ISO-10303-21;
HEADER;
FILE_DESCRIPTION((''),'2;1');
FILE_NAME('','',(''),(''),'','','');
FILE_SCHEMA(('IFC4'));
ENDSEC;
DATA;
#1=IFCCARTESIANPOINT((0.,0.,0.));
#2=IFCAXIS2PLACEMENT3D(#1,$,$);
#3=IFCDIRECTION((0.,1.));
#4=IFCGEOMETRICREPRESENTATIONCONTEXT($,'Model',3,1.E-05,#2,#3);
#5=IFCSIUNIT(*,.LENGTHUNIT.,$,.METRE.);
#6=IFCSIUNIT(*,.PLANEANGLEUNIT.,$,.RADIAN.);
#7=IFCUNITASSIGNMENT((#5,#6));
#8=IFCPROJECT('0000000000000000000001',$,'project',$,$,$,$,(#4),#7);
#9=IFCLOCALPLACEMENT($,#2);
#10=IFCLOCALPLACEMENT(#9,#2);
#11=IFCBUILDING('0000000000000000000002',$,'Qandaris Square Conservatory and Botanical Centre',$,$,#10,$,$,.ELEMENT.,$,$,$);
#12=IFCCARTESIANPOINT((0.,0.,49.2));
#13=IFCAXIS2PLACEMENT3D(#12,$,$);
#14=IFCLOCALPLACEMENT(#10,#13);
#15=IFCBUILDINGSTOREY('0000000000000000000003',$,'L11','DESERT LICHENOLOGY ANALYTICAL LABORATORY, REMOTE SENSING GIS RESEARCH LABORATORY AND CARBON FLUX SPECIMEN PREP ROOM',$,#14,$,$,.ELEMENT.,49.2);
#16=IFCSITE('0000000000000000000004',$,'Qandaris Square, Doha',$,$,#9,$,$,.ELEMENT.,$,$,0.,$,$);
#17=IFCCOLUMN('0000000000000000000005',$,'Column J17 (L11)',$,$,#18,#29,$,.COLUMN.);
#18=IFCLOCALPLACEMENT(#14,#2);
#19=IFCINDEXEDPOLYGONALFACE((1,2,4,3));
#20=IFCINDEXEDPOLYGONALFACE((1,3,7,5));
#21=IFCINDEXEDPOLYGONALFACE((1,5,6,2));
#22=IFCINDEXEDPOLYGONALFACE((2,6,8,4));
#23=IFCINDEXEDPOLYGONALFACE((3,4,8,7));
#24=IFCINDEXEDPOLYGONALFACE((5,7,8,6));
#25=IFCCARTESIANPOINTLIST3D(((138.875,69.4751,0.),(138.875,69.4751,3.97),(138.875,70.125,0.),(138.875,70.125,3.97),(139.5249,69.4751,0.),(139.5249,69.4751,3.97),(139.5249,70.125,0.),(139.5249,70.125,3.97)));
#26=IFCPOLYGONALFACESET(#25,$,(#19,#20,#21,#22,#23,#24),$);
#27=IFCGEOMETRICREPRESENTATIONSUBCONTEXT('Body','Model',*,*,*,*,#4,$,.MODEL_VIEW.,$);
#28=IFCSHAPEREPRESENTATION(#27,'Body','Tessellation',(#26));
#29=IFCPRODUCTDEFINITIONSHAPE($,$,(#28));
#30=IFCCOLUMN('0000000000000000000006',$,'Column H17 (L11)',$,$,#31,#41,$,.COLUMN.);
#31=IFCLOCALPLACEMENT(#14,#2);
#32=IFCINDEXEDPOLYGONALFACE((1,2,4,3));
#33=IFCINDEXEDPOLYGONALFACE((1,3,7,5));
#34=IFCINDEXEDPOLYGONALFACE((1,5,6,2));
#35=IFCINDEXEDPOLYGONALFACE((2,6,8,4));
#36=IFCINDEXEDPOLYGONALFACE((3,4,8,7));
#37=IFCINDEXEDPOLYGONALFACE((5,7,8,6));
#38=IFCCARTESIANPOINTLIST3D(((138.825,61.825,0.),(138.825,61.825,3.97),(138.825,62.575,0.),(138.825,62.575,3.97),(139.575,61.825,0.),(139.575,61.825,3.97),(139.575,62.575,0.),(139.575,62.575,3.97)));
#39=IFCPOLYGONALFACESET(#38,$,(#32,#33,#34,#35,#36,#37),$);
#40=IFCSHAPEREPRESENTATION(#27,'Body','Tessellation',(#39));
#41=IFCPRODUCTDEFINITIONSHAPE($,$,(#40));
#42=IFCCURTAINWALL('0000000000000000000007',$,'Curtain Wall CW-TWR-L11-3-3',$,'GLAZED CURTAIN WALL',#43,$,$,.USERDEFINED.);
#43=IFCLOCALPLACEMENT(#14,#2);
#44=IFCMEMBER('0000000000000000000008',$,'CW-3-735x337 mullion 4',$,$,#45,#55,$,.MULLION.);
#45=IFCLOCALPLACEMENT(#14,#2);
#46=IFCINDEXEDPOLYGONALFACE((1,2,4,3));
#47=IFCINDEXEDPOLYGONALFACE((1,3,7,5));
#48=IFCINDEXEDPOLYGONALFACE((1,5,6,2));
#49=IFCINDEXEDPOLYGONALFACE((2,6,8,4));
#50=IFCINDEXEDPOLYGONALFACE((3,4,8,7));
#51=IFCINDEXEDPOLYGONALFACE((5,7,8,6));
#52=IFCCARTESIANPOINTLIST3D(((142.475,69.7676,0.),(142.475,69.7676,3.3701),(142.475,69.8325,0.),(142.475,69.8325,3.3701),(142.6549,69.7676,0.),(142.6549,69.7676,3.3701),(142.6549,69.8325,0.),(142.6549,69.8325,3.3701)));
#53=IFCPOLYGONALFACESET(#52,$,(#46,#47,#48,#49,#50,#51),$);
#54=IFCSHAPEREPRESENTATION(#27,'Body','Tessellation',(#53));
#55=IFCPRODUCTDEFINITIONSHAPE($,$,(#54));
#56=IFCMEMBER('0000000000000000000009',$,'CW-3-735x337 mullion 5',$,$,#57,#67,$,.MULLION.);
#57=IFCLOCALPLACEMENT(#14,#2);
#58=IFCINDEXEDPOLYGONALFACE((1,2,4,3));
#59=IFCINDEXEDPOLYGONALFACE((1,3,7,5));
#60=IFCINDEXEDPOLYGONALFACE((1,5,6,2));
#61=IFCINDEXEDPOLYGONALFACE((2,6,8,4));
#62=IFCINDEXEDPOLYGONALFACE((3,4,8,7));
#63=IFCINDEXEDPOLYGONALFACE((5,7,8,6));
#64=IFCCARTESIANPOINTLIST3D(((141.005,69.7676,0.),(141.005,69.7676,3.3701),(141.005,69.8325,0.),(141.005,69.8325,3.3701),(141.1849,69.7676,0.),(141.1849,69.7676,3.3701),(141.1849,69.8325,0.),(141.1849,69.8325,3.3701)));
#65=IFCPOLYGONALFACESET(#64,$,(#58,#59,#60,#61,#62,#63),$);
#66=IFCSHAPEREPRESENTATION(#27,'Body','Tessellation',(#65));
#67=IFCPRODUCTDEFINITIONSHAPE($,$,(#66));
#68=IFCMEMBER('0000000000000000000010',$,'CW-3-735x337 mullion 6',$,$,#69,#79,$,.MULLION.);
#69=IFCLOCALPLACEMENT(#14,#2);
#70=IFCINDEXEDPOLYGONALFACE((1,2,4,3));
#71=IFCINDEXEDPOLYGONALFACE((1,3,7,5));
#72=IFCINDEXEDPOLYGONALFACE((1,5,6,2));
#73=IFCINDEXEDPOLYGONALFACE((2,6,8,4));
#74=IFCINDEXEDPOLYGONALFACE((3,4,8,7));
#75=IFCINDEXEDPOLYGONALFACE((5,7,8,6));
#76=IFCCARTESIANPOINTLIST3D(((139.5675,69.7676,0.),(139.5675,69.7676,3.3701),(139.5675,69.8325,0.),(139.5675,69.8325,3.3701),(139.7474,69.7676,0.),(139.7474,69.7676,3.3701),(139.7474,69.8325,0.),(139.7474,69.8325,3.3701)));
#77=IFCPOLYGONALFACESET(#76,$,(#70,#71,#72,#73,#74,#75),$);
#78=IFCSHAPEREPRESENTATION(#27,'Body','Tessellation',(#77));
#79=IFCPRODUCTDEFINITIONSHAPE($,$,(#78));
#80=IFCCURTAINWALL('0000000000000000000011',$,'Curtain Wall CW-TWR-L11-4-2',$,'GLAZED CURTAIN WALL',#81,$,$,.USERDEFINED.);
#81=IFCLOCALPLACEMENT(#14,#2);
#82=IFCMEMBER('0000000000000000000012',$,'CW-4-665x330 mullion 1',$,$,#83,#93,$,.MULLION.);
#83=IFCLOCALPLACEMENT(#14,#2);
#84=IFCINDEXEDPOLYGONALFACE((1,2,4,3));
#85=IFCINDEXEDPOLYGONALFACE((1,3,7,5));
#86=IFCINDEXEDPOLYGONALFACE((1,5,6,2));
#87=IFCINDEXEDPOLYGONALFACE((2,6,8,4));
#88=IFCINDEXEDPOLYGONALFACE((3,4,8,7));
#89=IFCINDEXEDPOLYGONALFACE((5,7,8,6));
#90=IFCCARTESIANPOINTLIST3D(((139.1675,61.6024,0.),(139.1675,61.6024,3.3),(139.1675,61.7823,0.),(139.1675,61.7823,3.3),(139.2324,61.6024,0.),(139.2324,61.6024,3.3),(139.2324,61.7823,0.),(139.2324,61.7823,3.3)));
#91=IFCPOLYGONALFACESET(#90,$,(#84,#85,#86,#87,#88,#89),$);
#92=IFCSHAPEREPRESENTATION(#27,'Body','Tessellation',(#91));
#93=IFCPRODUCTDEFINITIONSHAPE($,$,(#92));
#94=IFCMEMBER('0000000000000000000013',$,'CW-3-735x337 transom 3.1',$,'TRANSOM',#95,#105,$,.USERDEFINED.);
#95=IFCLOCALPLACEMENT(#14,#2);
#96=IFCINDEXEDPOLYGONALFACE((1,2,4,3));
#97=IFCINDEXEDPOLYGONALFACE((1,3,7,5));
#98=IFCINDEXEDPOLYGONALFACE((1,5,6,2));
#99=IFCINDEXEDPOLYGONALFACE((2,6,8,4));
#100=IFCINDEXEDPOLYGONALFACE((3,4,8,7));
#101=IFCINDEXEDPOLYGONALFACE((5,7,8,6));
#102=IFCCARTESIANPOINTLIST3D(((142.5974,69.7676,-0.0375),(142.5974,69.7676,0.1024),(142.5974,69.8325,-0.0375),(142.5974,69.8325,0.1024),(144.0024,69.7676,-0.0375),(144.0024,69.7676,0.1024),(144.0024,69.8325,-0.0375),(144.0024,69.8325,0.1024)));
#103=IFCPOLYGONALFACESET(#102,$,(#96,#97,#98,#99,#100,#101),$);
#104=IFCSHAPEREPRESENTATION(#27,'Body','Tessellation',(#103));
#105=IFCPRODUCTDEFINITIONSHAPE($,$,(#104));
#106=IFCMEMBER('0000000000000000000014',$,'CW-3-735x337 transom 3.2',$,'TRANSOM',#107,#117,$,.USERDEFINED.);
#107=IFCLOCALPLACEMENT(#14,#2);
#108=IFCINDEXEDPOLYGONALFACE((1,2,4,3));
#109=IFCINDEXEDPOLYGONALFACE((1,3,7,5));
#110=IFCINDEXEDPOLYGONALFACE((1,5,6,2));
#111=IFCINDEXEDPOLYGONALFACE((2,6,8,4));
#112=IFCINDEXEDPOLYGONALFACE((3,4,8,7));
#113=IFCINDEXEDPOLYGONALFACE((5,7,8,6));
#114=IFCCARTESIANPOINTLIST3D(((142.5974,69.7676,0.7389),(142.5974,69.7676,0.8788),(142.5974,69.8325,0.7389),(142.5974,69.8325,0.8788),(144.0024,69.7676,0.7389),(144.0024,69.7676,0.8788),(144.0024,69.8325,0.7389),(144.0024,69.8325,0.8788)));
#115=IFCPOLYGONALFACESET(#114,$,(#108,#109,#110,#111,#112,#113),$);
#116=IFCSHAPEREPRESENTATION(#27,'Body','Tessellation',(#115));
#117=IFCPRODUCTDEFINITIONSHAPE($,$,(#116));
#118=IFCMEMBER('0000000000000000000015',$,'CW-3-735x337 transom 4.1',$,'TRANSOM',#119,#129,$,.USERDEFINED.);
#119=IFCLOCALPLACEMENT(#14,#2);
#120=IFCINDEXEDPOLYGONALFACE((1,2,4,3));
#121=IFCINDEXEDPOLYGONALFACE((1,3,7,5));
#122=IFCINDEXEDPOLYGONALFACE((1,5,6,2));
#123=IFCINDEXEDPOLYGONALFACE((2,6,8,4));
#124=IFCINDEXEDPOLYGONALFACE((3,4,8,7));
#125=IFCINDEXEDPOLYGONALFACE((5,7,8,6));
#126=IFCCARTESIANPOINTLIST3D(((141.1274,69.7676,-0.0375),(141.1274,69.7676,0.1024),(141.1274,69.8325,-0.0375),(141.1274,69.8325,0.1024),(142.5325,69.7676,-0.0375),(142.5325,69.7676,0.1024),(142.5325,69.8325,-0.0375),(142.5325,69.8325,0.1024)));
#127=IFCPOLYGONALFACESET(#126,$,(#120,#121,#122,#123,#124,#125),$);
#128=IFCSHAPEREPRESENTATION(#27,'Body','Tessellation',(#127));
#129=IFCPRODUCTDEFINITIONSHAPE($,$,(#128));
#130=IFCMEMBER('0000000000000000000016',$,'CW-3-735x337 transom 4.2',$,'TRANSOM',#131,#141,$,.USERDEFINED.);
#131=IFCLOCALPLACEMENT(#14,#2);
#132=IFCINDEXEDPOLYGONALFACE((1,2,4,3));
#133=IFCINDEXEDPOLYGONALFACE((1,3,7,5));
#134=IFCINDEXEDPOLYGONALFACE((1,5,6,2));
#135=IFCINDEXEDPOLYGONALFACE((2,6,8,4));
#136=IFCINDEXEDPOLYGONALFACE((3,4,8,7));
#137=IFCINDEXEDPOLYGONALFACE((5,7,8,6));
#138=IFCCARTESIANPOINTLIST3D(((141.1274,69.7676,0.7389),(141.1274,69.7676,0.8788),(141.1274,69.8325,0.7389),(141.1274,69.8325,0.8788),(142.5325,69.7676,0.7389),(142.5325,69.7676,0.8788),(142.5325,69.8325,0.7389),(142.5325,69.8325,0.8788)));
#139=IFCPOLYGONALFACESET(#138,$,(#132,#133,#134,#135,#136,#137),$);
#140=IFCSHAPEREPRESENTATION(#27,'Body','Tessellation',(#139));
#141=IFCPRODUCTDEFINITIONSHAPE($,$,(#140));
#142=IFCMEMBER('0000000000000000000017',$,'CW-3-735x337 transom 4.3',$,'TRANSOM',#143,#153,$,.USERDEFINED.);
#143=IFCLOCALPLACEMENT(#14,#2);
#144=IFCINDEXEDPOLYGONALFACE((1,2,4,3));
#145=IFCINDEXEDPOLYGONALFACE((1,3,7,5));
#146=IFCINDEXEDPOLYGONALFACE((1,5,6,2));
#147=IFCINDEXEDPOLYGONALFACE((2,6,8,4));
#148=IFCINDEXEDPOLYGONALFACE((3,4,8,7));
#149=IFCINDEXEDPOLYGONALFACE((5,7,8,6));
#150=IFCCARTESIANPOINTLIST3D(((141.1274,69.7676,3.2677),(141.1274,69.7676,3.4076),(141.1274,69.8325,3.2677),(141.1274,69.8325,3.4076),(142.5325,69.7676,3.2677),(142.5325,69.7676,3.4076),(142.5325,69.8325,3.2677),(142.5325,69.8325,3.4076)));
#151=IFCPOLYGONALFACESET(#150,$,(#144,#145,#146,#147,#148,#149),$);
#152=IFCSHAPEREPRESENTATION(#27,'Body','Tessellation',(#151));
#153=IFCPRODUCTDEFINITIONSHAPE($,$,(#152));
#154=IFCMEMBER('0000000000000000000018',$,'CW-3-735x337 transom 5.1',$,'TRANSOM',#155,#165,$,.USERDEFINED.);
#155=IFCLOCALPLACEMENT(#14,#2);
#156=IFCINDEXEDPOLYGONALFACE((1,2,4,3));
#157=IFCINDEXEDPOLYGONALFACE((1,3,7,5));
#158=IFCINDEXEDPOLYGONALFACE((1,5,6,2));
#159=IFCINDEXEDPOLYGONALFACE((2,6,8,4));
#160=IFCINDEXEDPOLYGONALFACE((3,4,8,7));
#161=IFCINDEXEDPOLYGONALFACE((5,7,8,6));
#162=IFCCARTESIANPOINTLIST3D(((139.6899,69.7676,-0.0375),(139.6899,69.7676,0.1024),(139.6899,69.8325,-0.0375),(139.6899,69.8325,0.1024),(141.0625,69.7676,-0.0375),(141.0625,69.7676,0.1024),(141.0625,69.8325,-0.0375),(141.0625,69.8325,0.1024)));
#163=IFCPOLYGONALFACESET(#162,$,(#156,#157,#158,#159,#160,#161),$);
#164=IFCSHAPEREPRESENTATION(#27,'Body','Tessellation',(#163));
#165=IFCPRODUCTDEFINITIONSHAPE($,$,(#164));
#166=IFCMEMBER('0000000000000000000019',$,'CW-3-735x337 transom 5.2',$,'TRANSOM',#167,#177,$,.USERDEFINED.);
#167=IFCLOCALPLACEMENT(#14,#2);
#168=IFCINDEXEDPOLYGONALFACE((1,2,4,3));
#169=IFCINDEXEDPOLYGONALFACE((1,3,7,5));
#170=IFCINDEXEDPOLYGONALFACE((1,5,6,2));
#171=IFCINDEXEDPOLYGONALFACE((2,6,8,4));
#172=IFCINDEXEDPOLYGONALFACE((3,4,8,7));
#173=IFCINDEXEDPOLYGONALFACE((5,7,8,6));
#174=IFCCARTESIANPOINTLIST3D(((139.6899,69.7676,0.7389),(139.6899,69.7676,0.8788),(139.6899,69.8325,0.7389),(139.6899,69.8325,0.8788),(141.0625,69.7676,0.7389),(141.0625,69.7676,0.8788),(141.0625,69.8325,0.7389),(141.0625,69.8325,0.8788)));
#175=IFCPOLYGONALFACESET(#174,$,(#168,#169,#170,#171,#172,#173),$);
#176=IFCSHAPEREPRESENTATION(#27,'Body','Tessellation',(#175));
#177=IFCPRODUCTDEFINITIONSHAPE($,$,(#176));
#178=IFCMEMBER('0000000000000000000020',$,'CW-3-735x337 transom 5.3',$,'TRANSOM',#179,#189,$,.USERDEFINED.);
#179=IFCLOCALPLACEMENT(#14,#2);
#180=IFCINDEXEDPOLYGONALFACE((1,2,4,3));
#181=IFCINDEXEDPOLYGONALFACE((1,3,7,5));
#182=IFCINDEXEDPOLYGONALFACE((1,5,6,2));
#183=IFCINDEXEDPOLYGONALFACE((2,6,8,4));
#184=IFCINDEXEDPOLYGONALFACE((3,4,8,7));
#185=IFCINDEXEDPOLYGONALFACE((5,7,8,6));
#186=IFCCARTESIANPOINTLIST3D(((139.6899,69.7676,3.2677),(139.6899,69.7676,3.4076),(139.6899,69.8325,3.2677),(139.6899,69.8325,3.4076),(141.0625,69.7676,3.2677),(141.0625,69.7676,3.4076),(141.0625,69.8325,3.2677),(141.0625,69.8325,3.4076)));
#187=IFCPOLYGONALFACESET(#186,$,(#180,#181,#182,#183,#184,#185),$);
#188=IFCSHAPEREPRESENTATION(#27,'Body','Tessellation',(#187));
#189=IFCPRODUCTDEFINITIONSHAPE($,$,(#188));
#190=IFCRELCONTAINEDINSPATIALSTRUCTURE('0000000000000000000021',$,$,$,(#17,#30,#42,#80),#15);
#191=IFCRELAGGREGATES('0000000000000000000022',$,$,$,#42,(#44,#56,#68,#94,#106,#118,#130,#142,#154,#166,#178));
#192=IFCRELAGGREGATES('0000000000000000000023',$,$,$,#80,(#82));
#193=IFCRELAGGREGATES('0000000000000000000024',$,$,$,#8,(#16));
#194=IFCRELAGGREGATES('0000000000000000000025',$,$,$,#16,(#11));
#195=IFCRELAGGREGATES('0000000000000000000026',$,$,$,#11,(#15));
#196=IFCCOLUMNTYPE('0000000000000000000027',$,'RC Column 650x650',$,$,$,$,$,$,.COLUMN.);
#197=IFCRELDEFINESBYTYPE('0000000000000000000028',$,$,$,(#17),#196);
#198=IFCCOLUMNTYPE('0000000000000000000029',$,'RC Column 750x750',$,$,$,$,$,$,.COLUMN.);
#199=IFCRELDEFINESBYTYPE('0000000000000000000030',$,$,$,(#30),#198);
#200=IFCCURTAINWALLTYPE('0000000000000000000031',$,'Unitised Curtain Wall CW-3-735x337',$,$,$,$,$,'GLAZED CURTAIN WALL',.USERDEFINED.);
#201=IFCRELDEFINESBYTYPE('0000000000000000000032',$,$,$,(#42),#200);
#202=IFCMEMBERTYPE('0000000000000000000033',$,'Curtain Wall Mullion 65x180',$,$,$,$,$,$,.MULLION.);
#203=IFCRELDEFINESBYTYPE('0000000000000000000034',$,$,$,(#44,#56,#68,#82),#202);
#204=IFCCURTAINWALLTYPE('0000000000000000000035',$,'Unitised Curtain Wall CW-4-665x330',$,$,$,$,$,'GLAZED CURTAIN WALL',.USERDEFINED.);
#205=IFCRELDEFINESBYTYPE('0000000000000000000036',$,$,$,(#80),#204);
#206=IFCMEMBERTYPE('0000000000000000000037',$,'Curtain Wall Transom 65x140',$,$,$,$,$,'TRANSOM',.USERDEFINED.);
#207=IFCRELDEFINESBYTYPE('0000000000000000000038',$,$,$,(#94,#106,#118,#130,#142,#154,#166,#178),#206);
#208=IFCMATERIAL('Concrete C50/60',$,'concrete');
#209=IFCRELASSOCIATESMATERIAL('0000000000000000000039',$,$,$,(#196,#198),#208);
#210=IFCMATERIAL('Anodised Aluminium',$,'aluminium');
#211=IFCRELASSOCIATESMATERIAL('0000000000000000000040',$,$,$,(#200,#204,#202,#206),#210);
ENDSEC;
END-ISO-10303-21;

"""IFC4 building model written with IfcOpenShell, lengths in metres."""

from ifc_helpers import new_model, si_unit, direction, frame, origin, origin_2d, place, context, subcontext, project, spatial, rectangle, extrude, material, material_profile, profile_set, type_object, element, aggregate, save


model = new_model("IFC4")

# Units and contexts
model_context = context("Model", 3, precision=1e-05, world=origin(), true_north=direction((0.0, 1.0)))
body_context = subcontext(model_context, "Body", "Model", "MODEL_VIEW")
ifc_project = project(units=[si_unit("LENGTHUNIT", "METRE"), si_unit("PLANEANGLEUNIT", "RADIAN")], contexts=[model_context])

# Site, building, storey
site_placement = place(None, origin())
site = spatial("IfcSite", under=ifc_project, at=site_placement, Name="Qandaris Square, Doha", CompositionType="ELEMENT", RefElevation=0.0)
building_placement = place(site_placement, origin())
building = spatial("IfcBuilding", under=site, at=building_placement, Name="Qandaris Square Conservatory and Botanical Centre", CompositionType="ELEMENT")
storey_placement = place(building_placement, frame((0.0, 0.0, 49.2)))
storey = spatial("IfcBuildingStorey", under=building, at=storey_placement, Name="L11", Description="DESERT LICHENOLOGY ANALYTICAL LABORATORY, REMOTE SENSING GIS RESEARCH LABORATORY AND CARBON FLUX SPECIMEN PREP ROOM", CompositionType="ELEMENT", Elevation=49.2)

# Columns
ifc_material_1 = material(Name="Concrete C50/60", Category="concrete")
ifc_material_profile_1 = material_profile(ifc_material_1, rectangle(XDim=0.6499, YDim=0.6499, at=origin_2d()), Name="RC-COL 650x650")
ifc_profile_set_1 = profile_set([ifc_material_profile_1], Name="Concrete C50/60")
column_type_1 = type_object("IfcColumnType", Name="RC Column 650x650", PredefinedType="COLUMN", material=ifc_profile_set_1)
column_1_placement = place(storey_placement, frame((139.2, 69.8, 0.0), z_axis=(0.0, 0.0, 1.0), x_axis=(1.0, 0.0, 0.0)))
element("IfcColumn", 1, at=column_1_placement, inside=storey, type_object=column_type_1, Name="Column J17 (L11)", PredefinedType="COLUMN", context=body_context, shape_type="SweptSolid", body=[
    extrude(rectangle(XDim=0.6499, YDim=0.6499, at=origin_2d()), origin(), (0.0, 0.0, 1.0), 3.97),
])
ifc_material_profile_2 = material_profile(ifc_material_1, rectangle(XDim=0.75, YDim=0.75, at=origin_2d()), Name="RC-COL 750x750")
ifc_profile_set_2 = profile_set([ifc_material_profile_2], Name="Concrete C50/60")
column_type_2 = type_object("IfcColumnType", Name="RC Column 750x750", PredefinedType="COLUMN", material=ifc_profile_set_2)
column_2_placement = place(storey_placement, frame((139.2, 62.2, 0.0), z_axis=(0.0, 0.0, 1.0), x_axis=(1.0, 0.0, 0.0)))
element("IfcColumn", 2, at=column_2_placement, inside=storey, type_object=column_type_2, Name="Column H17 (L11)", PredefinedType="COLUMN", context=body_context, shape_type="SweptSolid", body=[
    extrude(rectangle(XDim=0.75, YDim=0.75, at=origin_2d()), origin(), (0.0, 0.0, 1.0), 3.97),
])

# Curtain wall, members
ifc_material_2 = material(Name="Anodised Aluminium", Category="aluminium")
curtain_wall_type_1 = type_object("IfcCurtainWallType", Name="Unitised Curtain Wall CW-3-735x337", ElementType="GLAZED CURTAIN WALL", PredefinedType="USERDEFINED", material=ifc_material_2)
curtain_wall_1_placement = place(storey_placement, origin())
curtain_wall_1 = element("IfcCurtainWall", 3, at=curtain_wall_1_placement, inside=storey, type_object=curtain_wall_type_1, Name="Curtain Wall CW-TWR-L11-3-3", ObjectType="GLAZED CURTAIN WALL", PredefinedType="USERDEFINED")
ifc_material_profile_3 = material_profile(ifc_material_2, rectangle(XDim=0.0649, YDim=0.1799, at=origin_2d()), Name="ALU-MUL 65x180")
ifc_profile_set_3 = profile_set([ifc_material_profile_3], Name="Anodised Aluminium")
member_type_1 = type_object("IfcMemberType", Name="Curtain Wall Mullion 65x180", PredefinedType="MULLION", material=ifc_profile_set_3)
member_1_placement = place(storey_placement, frame((142.5649, 69.8, 0.0), z_axis=(0.0, 0.0, 1.0), x_axis=(0.0, -1.0, 0.0)))
member_1 = element("IfcMember", 4, at=member_1_placement, type_object=member_type_1, Name="CW-3-735x337 mullion 4", PredefinedType="MULLION", context=body_context, shape_type="SweptSolid", body=[
    extrude(rectangle(XDim=0.0649, YDim=0.1799, at=origin_2d()), origin(), (0.0, 0.0, 1.0), 3.3701),
])
member_2_placement = place(storey_placement, frame((141.095, 69.8, 0.0), z_axis=(0.0, 0.0, 1.0), x_axis=(0.0, -1.0, 0.0)))
member_2 = element("IfcMember", 5, at=member_2_placement, type_object=member_type_1, Name="CW-3-735x337 mullion 5", PredefinedType="MULLION", context=body_context, shape_type="SweptSolid", body=[
    extrude(rectangle(XDim=0.0649, YDim=0.1799, at=origin_2d()), origin(), (0.0, 0.0, 1.0), 3.3701),
])
member_3_placement = place(storey_placement, frame((139.6575, 69.8, 0.0), z_axis=(0.0, 0.0, 1.0), x_axis=(0.0, -1.0, 0.0)))
member_3 = element("IfcMember", 6, at=member_3_placement, type_object=member_type_1, Name="CW-3-735x337 mullion 6", PredefinedType="MULLION", context=body_context, shape_type="SweptSolid", body=[
    extrude(rectangle(XDim=0.0649, YDim=0.1799, at=origin_2d()), origin(), (0.0, 0.0, 1.0), 3.3701),
])

# Curtain wall, member
curtain_wall_type_2 = type_object("IfcCurtainWallType", Name="Unitised Curtain Wall CW-4-665x330", ElementType="GLAZED CURTAIN WALL", PredefinedType="USERDEFINED", material=ifc_material_2)
curtain_wall_2_placement = place(storey_placement, origin())
curtain_wall_2 = element("IfcCurtainWall", 7, at=curtain_wall_2_placement, inside=storey, type_object=curtain_wall_type_2, Name="Curtain Wall CW-TWR-L11-4-2", ObjectType="GLAZED CURTAIN WALL", PredefinedType="USERDEFINED")
member_4_placement = place(storey_placement, frame((139.2, 61.6924, 0.0), z_axis=(0.0, 0.0, 1.0), x_axis=(1.0, 0.0, 0.0)))
member_4 = element("IfcMember", 8, at=member_4_placement, type_object=member_type_1, Name="CW-4-665x330 mullion 1", PredefinedType="MULLION", context=body_context, shape_type="SweptSolid", body=[
    extrude(rectangle(XDim=0.0649, YDim=0.1799, at=origin_2d()), origin(), (0.0, 0.0, 1.0), 3.3),
])

# Members
ifc_material_profile_4 = material_profile(ifc_material_2, rectangle(XDim=0.0649, YDim=0.1399, at=origin_2d()), Name="ALU-TRN 65x140")
ifc_profile_set_4 = profile_set([ifc_material_profile_4], Name="Anodised Aluminium")
member_type_2 = type_object("IfcMemberType", Name="Curtain Wall Transom 65x140", ElementType="TRANSOM", PredefinedType="USERDEFINED", material=ifc_profile_set_4)
member_5_placement = place(storey_placement, frame((144.0024, 69.8, 0.0325), z_axis=(-1.0, 0.0, 0.0), x_axis=(0.0, -1.0, 0.0)))
member_5 = element("IfcMember", 9, at=member_5_placement, type_object=member_type_2, Name="CW-3-735x337 transom 3.1", ObjectType="TRANSOM", PredefinedType="USERDEFINED", context=body_context, shape_type="SweptSolid", body=[
    extrude(rectangle(XDim=0.0649, YDim=0.1399, at=origin_2d()), origin(), (0.0, 0.0, 1.0), 1.405),
])
member_6_placement = place(storey_placement, frame((144.0024, 69.8, 0.8088), z_axis=(-1.0, 0.0, 0.0), x_axis=(0.0, -1.0, 0.0)))
member_6 = element("IfcMember", 10, at=member_6_placement, type_object=member_type_2, Name="CW-3-735x337 transom 3.2", ObjectType="TRANSOM", PredefinedType="USERDEFINED", context=body_context, shape_type="SweptSolid", body=[
    extrude(rectangle(XDim=0.0649, YDim=0.1399, at=origin_2d()), origin(), (0.0, 0.0, 1.0), 1.405),
])
member_7_placement = place(storey_placement, frame((142.5325, 69.8, 0.0325), z_axis=(-1.0, 0.0, 0.0), x_axis=(0.0, -1.0, 0.0)))
member_7 = element("IfcMember", 11, at=member_7_placement, type_object=member_type_2, Name="CW-3-735x337 transom 4.1", ObjectType="TRANSOM", PredefinedType="USERDEFINED", context=body_context, shape_type="SweptSolid", body=[
    extrude(rectangle(XDim=0.0649, YDim=0.1399, at=origin_2d()), origin(), (0.0, 0.0, 1.0), 1.405),
])
member_8_placement = place(storey_placement, frame((142.5325, 69.8, 0.8088), z_axis=(-1.0, 0.0, 0.0), x_axis=(0.0, -1.0, 0.0)))
member_8 = element("IfcMember", 12, at=member_8_placement, type_object=member_type_2, Name="CW-3-735x337 transom 4.2", ObjectType="TRANSOM", PredefinedType="USERDEFINED", context=body_context, shape_type="SweptSolid", body=[
    extrude(rectangle(XDim=0.0649, YDim=0.1399, at=origin_2d()), origin(), (0.0, 0.0, 1.0), 1.405),
])
member_9_placement = place(storey_placement, frame((142.5325, 69.8, 3.3376), z_axis=(-1.0, 0.0, 0.0), x_axis=(0.0, -1.0, 0.0)))
member_9 = element("IfcMember", 13, at=member_9_placement, type_object=member_type_2, Name="CW-3-735x337 transom 4.3", ObjectType="TRANSOM", PredefinedType="USERDEFINED", context=body_context, shape_type="SweptSolid", body=[
    extrude(rectangle(XDim=0.0649, YDim=0.1399, at=origin_2d()), origin(), (0.0, 0.0, 1.0), 1.405),
])
member_10_placement = place(storey_placement, frame((141.0625, 69.8, 0.0325), z_axis=(-1.0, 0.0, 0.0), x_axis=(0.0, -1.0, 0.0)))
member_10 = element("IfcMember", 14, at=member_10_placement, type_object=member_type_2, Name="CW-3-735x337 transom 5.1", ObjectType="TRANSOM", PredefinedType="USERDEFINED", context=body_context, shape_type="SweptSolid", body=[
    extrude(rectangle(XDim=0.0649, YDim=0.1399, at=origin_2d()), origin(), (0.0, 0.0, 1.0), 1.3726),
])
member_11_placement = place(storey_placement, frame((141.0625, 69.8, 0.8088), z_axis=(-1.0, 0.0, 0.0), x_axis=(0.0, -1.0, 0.0)))
member_11 = element("IfcMember", 15, at=member_11_placement, type_object=member_type_2, Name="CW-3-735x337 transom 5.2", ObjectType="TRANSOM", PredefinedType="USERDEFINED", context=body_context, shape_type="SweptSolid", body=[
    extrude(rectangle(XDim=0.0649, YDim=0.1399, at=origin_2d()), origin(), (0.0, 0.0, 1.0), 1.3726),
])
member_12_placement = place(storey_placement, frame((141.0625, 69.8, 3.3376), z_axis=(-1.0, 0.0, 0.0), x_axis=(0.0, -1.0, 0.0)))
member_12 = element("IfcMember", 16, at=member_12_placement, type_object=member_type_2, Name="CW-3-735x337 transom 5.3", ObjectType="TRANSOM", PredefinedType="USERDEFINED", context=body_context, shape_type="SweptSolid", body=[
    extrude(rectangle(XDim=0.0649, YDim=0.1399, at=origin_2d()), origin(), (0.0, 0.0, 1.0), 1.3726),
])

aggregate(curtain_wall_1, [member_1, member_2, member_3, member_5, member_6, member_7, member_8, member_9, member_10, member_11, member_12])
aggregate(curtain_wall_2, [member_4])

save(model, "model.ifc")
